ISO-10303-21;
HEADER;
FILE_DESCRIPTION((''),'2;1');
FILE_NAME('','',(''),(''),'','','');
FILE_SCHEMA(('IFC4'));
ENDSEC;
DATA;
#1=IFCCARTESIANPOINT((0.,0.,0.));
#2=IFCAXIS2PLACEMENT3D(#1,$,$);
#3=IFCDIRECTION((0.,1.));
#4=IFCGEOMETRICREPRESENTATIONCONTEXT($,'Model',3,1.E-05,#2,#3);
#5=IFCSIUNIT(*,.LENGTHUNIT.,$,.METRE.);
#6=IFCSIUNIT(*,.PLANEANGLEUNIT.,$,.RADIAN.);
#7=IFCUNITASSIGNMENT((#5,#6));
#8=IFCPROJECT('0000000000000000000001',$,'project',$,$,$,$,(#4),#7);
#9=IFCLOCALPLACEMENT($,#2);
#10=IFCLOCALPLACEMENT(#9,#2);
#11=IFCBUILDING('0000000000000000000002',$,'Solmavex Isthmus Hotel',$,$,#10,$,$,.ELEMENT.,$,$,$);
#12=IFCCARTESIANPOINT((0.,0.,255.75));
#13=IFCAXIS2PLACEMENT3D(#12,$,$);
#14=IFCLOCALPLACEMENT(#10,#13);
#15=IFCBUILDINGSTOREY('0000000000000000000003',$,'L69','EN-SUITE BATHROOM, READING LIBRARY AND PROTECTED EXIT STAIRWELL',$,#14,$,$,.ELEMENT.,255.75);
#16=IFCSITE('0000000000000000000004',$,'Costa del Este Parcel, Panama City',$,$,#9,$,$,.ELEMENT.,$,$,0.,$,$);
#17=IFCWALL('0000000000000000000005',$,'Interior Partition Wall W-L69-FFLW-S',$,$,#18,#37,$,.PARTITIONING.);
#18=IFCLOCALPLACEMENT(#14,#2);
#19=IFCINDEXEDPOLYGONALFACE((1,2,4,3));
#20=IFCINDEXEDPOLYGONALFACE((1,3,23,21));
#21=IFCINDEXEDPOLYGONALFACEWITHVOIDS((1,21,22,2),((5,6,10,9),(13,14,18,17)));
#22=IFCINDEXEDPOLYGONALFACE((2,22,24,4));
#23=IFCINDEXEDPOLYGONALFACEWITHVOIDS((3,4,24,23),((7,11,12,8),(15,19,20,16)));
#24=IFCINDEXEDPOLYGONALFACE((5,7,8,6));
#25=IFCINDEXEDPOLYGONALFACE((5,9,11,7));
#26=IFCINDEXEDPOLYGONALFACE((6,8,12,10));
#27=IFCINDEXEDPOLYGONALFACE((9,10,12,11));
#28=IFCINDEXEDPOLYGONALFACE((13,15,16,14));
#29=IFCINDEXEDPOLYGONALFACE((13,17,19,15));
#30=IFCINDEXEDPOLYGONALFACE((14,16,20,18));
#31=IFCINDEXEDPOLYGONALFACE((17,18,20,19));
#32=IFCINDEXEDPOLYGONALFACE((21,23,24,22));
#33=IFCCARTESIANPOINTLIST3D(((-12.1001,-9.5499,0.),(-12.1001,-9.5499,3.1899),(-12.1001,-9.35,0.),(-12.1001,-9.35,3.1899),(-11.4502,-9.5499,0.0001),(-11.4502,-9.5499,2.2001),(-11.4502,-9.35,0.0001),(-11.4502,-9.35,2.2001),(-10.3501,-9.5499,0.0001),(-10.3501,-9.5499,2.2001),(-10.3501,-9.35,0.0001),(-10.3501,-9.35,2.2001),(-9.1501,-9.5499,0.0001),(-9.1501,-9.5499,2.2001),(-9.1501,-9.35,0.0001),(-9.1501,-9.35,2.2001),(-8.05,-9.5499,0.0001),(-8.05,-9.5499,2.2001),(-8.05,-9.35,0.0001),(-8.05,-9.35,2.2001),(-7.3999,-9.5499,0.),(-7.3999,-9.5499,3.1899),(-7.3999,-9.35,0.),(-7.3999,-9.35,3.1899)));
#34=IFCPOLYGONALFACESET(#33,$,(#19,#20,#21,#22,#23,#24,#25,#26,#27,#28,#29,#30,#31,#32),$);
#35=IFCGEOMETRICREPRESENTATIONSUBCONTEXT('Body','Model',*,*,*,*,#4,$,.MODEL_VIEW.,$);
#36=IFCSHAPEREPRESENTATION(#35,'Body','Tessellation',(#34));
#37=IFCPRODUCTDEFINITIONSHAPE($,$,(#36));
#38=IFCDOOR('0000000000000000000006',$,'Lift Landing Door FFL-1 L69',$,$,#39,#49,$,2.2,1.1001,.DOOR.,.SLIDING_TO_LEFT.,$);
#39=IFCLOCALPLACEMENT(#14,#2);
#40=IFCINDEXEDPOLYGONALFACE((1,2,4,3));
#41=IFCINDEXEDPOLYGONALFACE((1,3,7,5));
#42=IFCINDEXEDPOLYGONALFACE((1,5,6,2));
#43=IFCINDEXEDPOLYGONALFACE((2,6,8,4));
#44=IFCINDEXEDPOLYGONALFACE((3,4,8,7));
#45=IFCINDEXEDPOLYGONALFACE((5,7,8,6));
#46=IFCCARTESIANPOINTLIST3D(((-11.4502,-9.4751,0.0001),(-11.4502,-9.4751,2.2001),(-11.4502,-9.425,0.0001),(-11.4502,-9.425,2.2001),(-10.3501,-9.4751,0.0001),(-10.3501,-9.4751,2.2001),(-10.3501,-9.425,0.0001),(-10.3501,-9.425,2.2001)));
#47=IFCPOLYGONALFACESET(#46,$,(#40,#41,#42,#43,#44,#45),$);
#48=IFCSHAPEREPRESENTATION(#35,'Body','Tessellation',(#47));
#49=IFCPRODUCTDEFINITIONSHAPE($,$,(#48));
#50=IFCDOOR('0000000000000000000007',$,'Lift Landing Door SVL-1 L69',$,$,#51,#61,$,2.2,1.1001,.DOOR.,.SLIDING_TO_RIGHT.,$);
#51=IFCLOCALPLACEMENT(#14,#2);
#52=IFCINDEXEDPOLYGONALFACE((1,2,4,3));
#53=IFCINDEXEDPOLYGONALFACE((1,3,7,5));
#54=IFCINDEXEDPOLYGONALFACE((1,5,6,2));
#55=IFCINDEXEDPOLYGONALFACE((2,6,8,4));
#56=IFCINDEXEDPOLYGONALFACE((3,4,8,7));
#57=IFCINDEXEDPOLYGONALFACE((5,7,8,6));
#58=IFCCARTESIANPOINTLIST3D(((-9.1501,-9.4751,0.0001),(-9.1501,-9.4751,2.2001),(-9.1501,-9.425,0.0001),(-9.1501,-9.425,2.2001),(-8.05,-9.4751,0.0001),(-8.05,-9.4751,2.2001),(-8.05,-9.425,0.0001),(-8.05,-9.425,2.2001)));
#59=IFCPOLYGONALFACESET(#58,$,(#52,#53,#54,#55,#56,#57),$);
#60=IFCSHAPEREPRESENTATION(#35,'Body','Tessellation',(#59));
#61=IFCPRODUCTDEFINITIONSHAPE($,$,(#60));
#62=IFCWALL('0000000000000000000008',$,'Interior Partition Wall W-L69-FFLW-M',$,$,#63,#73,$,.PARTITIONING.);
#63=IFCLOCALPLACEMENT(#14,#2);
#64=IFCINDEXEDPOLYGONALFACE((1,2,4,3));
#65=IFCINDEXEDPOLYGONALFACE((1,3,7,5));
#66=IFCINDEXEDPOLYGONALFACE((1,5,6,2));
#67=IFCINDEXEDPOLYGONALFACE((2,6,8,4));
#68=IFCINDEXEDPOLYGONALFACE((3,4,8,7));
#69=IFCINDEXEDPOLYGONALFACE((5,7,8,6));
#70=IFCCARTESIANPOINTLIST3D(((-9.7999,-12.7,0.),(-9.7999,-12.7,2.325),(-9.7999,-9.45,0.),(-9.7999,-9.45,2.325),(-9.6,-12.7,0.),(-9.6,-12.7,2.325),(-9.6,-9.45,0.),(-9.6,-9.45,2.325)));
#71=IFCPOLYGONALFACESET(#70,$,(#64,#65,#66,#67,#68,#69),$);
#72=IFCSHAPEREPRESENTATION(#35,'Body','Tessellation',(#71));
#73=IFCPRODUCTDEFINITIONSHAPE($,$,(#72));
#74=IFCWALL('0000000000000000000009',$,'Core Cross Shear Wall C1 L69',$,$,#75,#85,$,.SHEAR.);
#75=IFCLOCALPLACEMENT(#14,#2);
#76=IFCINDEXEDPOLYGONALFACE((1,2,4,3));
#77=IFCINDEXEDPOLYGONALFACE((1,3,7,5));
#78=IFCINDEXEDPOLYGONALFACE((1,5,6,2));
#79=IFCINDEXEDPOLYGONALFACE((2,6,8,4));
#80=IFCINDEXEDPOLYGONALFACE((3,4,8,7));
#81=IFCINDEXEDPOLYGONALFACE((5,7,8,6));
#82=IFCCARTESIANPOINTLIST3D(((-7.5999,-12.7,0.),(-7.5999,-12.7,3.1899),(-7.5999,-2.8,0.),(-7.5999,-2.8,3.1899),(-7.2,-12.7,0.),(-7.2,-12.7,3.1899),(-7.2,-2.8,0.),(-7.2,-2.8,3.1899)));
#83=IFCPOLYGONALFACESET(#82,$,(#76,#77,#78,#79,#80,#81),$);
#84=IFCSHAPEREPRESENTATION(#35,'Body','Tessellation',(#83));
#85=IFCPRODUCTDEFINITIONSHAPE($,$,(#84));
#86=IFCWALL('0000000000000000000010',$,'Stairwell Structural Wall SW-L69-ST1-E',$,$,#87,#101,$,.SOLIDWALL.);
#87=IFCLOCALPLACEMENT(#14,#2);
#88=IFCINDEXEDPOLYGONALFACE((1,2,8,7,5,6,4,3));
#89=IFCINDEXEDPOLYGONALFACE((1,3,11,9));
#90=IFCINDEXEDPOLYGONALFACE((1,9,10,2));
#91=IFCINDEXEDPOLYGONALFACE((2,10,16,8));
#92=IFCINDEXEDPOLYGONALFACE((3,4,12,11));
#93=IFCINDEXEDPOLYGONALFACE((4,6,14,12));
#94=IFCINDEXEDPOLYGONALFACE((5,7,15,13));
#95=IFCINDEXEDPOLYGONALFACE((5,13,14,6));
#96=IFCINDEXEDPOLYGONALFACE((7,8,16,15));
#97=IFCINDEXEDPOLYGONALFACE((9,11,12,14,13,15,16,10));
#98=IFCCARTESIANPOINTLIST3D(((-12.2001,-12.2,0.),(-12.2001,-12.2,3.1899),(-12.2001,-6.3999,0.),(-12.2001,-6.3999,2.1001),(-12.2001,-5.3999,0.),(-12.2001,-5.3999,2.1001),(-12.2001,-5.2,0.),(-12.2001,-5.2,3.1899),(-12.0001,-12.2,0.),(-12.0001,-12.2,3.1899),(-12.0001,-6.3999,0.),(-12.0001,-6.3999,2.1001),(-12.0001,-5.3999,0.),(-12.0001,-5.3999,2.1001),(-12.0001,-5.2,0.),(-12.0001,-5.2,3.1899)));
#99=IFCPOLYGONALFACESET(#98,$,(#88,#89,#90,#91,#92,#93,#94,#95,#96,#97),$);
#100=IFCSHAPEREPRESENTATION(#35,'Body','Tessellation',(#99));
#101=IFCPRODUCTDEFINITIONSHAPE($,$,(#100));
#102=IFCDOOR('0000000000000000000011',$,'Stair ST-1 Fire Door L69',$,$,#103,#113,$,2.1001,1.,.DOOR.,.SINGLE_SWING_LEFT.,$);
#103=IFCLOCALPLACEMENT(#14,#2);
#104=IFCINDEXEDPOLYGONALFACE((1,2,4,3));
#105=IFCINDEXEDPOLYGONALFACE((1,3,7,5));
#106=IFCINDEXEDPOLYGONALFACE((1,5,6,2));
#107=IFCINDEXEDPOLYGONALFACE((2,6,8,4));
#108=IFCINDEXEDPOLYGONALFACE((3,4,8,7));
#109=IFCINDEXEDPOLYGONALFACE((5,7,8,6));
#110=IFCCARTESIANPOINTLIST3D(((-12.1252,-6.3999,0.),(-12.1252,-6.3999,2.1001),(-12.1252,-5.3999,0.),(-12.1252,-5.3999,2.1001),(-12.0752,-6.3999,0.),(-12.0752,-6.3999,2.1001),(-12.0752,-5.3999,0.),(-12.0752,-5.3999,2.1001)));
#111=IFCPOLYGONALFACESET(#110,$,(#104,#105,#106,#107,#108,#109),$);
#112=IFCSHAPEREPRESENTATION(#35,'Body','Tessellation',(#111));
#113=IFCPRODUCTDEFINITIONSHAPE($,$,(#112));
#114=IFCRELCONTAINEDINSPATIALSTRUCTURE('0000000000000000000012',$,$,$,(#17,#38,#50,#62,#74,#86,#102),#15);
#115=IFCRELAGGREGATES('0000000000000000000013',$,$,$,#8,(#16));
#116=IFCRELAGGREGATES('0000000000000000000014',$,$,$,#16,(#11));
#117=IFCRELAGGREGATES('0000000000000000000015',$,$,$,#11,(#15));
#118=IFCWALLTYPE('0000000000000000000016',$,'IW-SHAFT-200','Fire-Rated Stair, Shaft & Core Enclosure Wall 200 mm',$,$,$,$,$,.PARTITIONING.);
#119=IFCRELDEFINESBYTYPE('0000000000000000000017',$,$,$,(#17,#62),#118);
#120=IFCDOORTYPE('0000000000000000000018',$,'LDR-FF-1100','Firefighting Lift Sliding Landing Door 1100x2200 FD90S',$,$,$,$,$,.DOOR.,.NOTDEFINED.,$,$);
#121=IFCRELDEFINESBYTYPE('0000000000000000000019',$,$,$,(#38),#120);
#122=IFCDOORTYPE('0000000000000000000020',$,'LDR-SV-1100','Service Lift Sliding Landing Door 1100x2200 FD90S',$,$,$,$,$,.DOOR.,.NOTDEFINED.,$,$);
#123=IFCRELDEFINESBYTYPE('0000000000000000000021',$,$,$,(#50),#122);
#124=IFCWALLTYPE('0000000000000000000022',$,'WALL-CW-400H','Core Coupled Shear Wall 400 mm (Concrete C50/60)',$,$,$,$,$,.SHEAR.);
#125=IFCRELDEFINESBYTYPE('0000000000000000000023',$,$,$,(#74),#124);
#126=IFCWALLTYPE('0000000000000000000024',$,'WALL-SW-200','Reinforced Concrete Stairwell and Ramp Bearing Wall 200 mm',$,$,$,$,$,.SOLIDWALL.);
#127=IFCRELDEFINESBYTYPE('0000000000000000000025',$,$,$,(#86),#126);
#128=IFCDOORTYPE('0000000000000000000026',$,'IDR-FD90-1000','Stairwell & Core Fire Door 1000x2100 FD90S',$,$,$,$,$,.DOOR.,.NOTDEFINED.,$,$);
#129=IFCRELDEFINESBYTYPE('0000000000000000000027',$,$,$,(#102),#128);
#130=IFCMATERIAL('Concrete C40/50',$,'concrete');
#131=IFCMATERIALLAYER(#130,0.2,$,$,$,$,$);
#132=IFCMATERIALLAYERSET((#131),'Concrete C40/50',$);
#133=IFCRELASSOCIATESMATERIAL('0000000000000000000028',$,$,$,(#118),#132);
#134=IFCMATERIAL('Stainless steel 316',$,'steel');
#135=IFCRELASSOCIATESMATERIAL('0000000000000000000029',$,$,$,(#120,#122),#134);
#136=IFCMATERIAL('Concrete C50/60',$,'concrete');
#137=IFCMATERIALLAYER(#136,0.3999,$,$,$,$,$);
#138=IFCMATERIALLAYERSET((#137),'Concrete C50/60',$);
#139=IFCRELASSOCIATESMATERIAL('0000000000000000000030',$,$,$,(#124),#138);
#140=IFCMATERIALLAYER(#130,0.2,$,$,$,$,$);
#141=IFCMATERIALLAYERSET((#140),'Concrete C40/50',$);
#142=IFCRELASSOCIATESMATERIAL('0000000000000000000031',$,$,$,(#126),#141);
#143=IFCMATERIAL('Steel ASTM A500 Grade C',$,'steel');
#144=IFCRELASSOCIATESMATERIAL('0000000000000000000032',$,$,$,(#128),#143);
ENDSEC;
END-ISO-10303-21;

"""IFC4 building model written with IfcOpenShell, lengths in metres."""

from ifc_helpers import new_model, si_unit, direction, frame, frame_2d, origin, place, context, subcontext, project, spatial, rectangle, extrude, material, layer, layer_set, type_object, element, fill, save


model = new_model("IFC4")

# Units and contexts
model_context = context("Model", 3, precision=1e-05, world=origin(), true_north=direction((0.0, 1.0)))
body_context = subcontext(model_context, "Body", "Model", "MODEL_VIEW")
ifc_project = project(units=[si_unit("LENGTHUNIT", "METRE"), si_unit("PLANEANGLEUNIT", "RADIAN")], contexts=[model_context])

# Site, building, storey
site_placement = place(None, origin())
site = spatial("IfcSite", under=ifc_project, at=site_placement, Name="Costa del Este Parcel, Panama City", CompositionType="ELEMENT", RefElevation=0.0)
building_placement = place(site_placement, origin())
building = spatial("IfcBuilding", under=site, at=building_placement, Name="Solmavex Isthmus Hotel", CompositionType="ELEMENT")
storey_placement = place(building_placement, frame((0.0, 0.0, 255.75)))
storey = spatial("IfcBuildingStorey", under=building, at=storey_placement, Name="L69", Description="EN-SUITE BATHROOM, READING LIBRARY AND PROTECTED EXIT STAIRWELL", CompositionType="ELEMENT", Elevation=255.75)

# Shared definitions
ifc_material_1 = material(Name="Concrete C50/60", Category="concrete")

# Shared definitions
ifc_material_2 = material(Name="Steel ASTM A500 Grade C", Category="steel")

# Shared definitions
ifc_material_3 = material(Name="Concrete C40/50", Category="concrete")
ifc_layer_1 = layer(ifc_material_3, 0.2)
ifc_layer_set_1 = layer_set([ifc_layer_1], Name="Concrete C40/50")
wall_type_1 = type_object("IfcWallType", Name="IW-SHAFT-200", Description="Fire-Rated Stair, Shaft & Core Enclosure Wall 200 mm", PredefinedType="PARTITIONING", material=ifc_layer_set_1)

# Wall, openings, doors
wall_1_placement = place(storey_placement, frame((-12.1001, -9.45, 0.0), z_axis=(0.0, 0.0, 1.0), x_axis=(1.0, 0.0, 0.0)))
wall_1 = element("IfcWall", 1, at=wall_1_placement, inside=storey, type_object=wall_type_1, Name="Interior Partition Wall W-L69-FFLW-S", PredefinedType="PARTITIONING", context=body_context, shape_type="SweptSolid", body=[
    extrude(rectangle(XDim=4.7002, YDim=0.2, at=frame_2d((2.3501, 0.0))), origin(), (0.0, 0.0, 1.0), 3.1899),
])
opening_1_placement = place(wall_1_placement, frame((0.6499, 0.0, 0.0)))
opening_1 = element("IfcOpeningElement", 2, at=opening_1_placement, cuts=wall_1, PredefinedType="OPENING", context=body_context, shape_type="SweptSolid", body=[
    extrude(rectangle(XDim=1.1001, YDim=2.2, at=frame_2d((0.55, 1.1001))), frame((0.0, 0.1099, 0.0), z_axis=(0.0, -1.0, 0.0), x_axis=(1.0, 0.0, 0.0)), (0.0, 0.0, 1.0), 0.22),
])
opening_2_placement = place(wall_1_placement, frame((2.95, 0.0, 0.0)))
opening_2 = element("IfcOpeningElement", 3, at=opening_2_placement, cuts=wall_1, PredefinedType="OPENING", context=body_context, shape_type="SweptSolid", body=[
    extrude(rectangle(XDim=1.1001, YDim=2.2, at=frame_2d((0.55, 1.1001))), frame((0.0, 0.1099, 0.0), z_axis=(0.0, -1.0, 0.0), x_axis=(1.0, 0.0, 0.0)), (0.0, 0.0, 1.0), 0.22),
])
ifc_material_4 = material(Name="Stainless steel 316", Category="steel")
door_type_1 = type_object("IfcDoorType", Name="LDR-FF-1100", Description="Firefighting Lift Sliding Landing Door 1100x2200 FD90S", OperationType="NOTDEFINED", PredefinedType="DOOR", material=ifc_material_4)
door_1_placement = place(opening_1_placement, origin())
door_1 = element("IfcDoor", 4, at=door_1_placement, inside=storey, type_object=door_type_1, Name="Lift Landing Door FFL-1 L69", OperationType="SLIDING_TO_LEFT", OverallHeight=2.2, OverallWidth=1.1001, PredefinedType="DOOR", context=body_context, shape_type="SweptSolid", body=[
    extrude(rectangle(XDim=1.1001, YDim=2.2, at=frame_2d((0.55, 1.1001))), frame((0.0, 0.0249, 0.0), z_axis=(0.0, -1.0, 0.0), x_axis=(1.0, 0.0, 0.0)), (0.0, 0.0, 1.0), 0.05),
])
fill(opening_1, door_1)
door_type_2 = type_object("IfcDoorType", Name="LDR-SV-1100", Description="Service Lift Sliding Landing Door 1100x2200 FD90S", OperationType="NOTDEFINED", PredefinedType="DOOR", material=ifc_material_4)
door_2_placement = place(opening_2_placement, origin())
door_2 = element("IfcDoor", 5, at=door_2_placement, inside=storey, type_object=door_type_2, Name="Lift Landing Door SVL-1 L69", OperationType="SLIDING_TO_RIGHT", OverallHeight=2.2, OverallWidth=1.1001, PredefinedType="DOOR", context=body_context, shape_type="SweptSolid", body=[
    extrude(rectangle(XDim=1.1001, YDim=2.2, at=frame_2d((0.55, 1.1001))), frame((0.0, 0.0249, 0.0), z_axis=(0.0, -1.0, 0.0), x_axis=(1.0, 0.0, 0.0)), (0.0, 0.0, 1.0), 0.05),
])
fill(opening_2, door_2)

# Walls
wall_2_placement = place(storey_placement, frame((-9.7, -12.7, 0.0), z_axis=(0.0, 0.0, 1.0), x_axis=(0.0, 1.0, 0.0)))
element("IfcWall", 6, at=wall_2_placement, inside=storey, type_object=wall_type_1, Name="Interior Partition Wall W-L69-FFLW-M", PredefinedType="PARTITIONING", context=body_context, shape_type="SweptSolid", body=[
    extrude(rectangle(XDim=3.25, YDim=0.2, at=frame_2d((1.625, 0.0))), origin(), (0.0, 0.0, 1.0), 2.325),
])
ifc_layer_2 = layer(ifc_material_1, 0.3999)
ifc_layer_set_2 = layer_set([ifc_layer_2], Name="Concrete C50/60")
wall_type_2 = type_object("IfcWallType", Name="WALL-CW-400H", Description="Core Coupled Shear Wall 400 mm (Concrete C50/60)", PredefinedType="SHEAR", material=ifc_layer_set_2)
wall_3_placement = place(storey_placement, frame((-7.3999, -12.7, 0.0), z_axis=(0.0, 0.0, 1.0), x_axis=(0.0, 1.0, 0.0)))
element("IfcWall", 7, at=wall_3_placement, inside=storey, type_object=wall_type_2, Name="Core Cross Shear Wall C1 L69", PredefinedType="SHEAR", context=body_context, shape_type="SweptSolid", body=[
    extrude(rectangle(XDim=9.8999, YDim=0.3999, at=frame_2d((4.95, 0.0))), origin(), (0.0, 0.0, 1.0), 3.1899),
])

# Wall, opening, door
ifc_layer_3 = layer(ifc_material_3, 0.2)
ifc_layer_set_3 = layer_set([ifc_layer_3], Name="Concrete C40/50")
wall_type_3 = type_object("IfcWallType", Name="WALL-SW-200", Description="Reinforced Concrete Stairwell and Ramp Bearing Wall 200 mm", PredefinedType="SOLIDWALL", material=ifc_layer_set_3)
wall_4_placement = place(storey_placement, frame((-12.1001, -12.2, 0.0), z_axis=(0.0, 0.0, 1.0), x_axis=(0.0, 1.0, 0.0)))
wall_4 = element("IfcWall", 8, at=wall_4_placement, inside=storey, type_object=wall_type_3, Name="Stairwell Structural Wall SW-L69-ST1-E", PredefinedType="SOLIDWALL", context=body_context, shape_type="SweptSolid", body=[
    extrude(rectangle(XDim=7.0, YDim=0.2, at=frame_2d((3.5, 0.0))), origin(), (0.0, 0.0, 1.0), 3.1899),
])
opening_3_placement = place(wall_4_placement, frame((5.8, 0.0, 0.0)))
opening_3 = element("IfcOpeningElement", 9, at=opening_3_placement, cuts=wall_4, PredefinedType="OPENING", context=body_context, shape_type="SweptSolid", body=[
    extrude(rectangle(XDim=1.0, YDim=2.1001, at=frame_2d((0.5, 1.05))), frame((0.0, 0.1099, 0.0), z_axis=(0.0, -1.0, 0.0), x_axis=(1.0, 0.0, 0.0)), (0.0, 0.0, 1.0), 0.22),
])
door_type_3 = type_object("IfcDoorType", Name="IDR-FD90-1000", Description="Stairwell & Core Fire Door 1000x2100 FD90S", OperationType="NOTDEFINED", PredefinedType="DOOR", material=ifc_material_2)
door_3_placement = place(opening_3_placement, frame((1.0, 0.0, 0.0), z_axis=(0.0, 0.0, 1.0), x_axis=(-1.0, 0.0, 0.0)))
door_3 = element("IfcDoor", 10, at=door_3_placement, inside=storey, type_object=door_type_3, Name="Stair ST-1 Fire Door L69", OperationType="SINGLE_SWING_LEFT", OverallHeight=2.1001, OverallWidth=1.0, PredefinedType="DOOR", context=body_context, shape_type="SweptSolid", body=[
    extrude(rectangle(XDim=1.0, YDim=2.1001, at=frame_2d((0.5, 1.05))), frame((0.0, 0.0249, 0.0), z_axis=(0.0, -1.0, 0.0), x_axis=(1.0, 0.0, 0.0)), (0.0, 0.0, 1.0), 0.05),
])
fill(opening_3, door_3)

save(model, "model.ifc")
